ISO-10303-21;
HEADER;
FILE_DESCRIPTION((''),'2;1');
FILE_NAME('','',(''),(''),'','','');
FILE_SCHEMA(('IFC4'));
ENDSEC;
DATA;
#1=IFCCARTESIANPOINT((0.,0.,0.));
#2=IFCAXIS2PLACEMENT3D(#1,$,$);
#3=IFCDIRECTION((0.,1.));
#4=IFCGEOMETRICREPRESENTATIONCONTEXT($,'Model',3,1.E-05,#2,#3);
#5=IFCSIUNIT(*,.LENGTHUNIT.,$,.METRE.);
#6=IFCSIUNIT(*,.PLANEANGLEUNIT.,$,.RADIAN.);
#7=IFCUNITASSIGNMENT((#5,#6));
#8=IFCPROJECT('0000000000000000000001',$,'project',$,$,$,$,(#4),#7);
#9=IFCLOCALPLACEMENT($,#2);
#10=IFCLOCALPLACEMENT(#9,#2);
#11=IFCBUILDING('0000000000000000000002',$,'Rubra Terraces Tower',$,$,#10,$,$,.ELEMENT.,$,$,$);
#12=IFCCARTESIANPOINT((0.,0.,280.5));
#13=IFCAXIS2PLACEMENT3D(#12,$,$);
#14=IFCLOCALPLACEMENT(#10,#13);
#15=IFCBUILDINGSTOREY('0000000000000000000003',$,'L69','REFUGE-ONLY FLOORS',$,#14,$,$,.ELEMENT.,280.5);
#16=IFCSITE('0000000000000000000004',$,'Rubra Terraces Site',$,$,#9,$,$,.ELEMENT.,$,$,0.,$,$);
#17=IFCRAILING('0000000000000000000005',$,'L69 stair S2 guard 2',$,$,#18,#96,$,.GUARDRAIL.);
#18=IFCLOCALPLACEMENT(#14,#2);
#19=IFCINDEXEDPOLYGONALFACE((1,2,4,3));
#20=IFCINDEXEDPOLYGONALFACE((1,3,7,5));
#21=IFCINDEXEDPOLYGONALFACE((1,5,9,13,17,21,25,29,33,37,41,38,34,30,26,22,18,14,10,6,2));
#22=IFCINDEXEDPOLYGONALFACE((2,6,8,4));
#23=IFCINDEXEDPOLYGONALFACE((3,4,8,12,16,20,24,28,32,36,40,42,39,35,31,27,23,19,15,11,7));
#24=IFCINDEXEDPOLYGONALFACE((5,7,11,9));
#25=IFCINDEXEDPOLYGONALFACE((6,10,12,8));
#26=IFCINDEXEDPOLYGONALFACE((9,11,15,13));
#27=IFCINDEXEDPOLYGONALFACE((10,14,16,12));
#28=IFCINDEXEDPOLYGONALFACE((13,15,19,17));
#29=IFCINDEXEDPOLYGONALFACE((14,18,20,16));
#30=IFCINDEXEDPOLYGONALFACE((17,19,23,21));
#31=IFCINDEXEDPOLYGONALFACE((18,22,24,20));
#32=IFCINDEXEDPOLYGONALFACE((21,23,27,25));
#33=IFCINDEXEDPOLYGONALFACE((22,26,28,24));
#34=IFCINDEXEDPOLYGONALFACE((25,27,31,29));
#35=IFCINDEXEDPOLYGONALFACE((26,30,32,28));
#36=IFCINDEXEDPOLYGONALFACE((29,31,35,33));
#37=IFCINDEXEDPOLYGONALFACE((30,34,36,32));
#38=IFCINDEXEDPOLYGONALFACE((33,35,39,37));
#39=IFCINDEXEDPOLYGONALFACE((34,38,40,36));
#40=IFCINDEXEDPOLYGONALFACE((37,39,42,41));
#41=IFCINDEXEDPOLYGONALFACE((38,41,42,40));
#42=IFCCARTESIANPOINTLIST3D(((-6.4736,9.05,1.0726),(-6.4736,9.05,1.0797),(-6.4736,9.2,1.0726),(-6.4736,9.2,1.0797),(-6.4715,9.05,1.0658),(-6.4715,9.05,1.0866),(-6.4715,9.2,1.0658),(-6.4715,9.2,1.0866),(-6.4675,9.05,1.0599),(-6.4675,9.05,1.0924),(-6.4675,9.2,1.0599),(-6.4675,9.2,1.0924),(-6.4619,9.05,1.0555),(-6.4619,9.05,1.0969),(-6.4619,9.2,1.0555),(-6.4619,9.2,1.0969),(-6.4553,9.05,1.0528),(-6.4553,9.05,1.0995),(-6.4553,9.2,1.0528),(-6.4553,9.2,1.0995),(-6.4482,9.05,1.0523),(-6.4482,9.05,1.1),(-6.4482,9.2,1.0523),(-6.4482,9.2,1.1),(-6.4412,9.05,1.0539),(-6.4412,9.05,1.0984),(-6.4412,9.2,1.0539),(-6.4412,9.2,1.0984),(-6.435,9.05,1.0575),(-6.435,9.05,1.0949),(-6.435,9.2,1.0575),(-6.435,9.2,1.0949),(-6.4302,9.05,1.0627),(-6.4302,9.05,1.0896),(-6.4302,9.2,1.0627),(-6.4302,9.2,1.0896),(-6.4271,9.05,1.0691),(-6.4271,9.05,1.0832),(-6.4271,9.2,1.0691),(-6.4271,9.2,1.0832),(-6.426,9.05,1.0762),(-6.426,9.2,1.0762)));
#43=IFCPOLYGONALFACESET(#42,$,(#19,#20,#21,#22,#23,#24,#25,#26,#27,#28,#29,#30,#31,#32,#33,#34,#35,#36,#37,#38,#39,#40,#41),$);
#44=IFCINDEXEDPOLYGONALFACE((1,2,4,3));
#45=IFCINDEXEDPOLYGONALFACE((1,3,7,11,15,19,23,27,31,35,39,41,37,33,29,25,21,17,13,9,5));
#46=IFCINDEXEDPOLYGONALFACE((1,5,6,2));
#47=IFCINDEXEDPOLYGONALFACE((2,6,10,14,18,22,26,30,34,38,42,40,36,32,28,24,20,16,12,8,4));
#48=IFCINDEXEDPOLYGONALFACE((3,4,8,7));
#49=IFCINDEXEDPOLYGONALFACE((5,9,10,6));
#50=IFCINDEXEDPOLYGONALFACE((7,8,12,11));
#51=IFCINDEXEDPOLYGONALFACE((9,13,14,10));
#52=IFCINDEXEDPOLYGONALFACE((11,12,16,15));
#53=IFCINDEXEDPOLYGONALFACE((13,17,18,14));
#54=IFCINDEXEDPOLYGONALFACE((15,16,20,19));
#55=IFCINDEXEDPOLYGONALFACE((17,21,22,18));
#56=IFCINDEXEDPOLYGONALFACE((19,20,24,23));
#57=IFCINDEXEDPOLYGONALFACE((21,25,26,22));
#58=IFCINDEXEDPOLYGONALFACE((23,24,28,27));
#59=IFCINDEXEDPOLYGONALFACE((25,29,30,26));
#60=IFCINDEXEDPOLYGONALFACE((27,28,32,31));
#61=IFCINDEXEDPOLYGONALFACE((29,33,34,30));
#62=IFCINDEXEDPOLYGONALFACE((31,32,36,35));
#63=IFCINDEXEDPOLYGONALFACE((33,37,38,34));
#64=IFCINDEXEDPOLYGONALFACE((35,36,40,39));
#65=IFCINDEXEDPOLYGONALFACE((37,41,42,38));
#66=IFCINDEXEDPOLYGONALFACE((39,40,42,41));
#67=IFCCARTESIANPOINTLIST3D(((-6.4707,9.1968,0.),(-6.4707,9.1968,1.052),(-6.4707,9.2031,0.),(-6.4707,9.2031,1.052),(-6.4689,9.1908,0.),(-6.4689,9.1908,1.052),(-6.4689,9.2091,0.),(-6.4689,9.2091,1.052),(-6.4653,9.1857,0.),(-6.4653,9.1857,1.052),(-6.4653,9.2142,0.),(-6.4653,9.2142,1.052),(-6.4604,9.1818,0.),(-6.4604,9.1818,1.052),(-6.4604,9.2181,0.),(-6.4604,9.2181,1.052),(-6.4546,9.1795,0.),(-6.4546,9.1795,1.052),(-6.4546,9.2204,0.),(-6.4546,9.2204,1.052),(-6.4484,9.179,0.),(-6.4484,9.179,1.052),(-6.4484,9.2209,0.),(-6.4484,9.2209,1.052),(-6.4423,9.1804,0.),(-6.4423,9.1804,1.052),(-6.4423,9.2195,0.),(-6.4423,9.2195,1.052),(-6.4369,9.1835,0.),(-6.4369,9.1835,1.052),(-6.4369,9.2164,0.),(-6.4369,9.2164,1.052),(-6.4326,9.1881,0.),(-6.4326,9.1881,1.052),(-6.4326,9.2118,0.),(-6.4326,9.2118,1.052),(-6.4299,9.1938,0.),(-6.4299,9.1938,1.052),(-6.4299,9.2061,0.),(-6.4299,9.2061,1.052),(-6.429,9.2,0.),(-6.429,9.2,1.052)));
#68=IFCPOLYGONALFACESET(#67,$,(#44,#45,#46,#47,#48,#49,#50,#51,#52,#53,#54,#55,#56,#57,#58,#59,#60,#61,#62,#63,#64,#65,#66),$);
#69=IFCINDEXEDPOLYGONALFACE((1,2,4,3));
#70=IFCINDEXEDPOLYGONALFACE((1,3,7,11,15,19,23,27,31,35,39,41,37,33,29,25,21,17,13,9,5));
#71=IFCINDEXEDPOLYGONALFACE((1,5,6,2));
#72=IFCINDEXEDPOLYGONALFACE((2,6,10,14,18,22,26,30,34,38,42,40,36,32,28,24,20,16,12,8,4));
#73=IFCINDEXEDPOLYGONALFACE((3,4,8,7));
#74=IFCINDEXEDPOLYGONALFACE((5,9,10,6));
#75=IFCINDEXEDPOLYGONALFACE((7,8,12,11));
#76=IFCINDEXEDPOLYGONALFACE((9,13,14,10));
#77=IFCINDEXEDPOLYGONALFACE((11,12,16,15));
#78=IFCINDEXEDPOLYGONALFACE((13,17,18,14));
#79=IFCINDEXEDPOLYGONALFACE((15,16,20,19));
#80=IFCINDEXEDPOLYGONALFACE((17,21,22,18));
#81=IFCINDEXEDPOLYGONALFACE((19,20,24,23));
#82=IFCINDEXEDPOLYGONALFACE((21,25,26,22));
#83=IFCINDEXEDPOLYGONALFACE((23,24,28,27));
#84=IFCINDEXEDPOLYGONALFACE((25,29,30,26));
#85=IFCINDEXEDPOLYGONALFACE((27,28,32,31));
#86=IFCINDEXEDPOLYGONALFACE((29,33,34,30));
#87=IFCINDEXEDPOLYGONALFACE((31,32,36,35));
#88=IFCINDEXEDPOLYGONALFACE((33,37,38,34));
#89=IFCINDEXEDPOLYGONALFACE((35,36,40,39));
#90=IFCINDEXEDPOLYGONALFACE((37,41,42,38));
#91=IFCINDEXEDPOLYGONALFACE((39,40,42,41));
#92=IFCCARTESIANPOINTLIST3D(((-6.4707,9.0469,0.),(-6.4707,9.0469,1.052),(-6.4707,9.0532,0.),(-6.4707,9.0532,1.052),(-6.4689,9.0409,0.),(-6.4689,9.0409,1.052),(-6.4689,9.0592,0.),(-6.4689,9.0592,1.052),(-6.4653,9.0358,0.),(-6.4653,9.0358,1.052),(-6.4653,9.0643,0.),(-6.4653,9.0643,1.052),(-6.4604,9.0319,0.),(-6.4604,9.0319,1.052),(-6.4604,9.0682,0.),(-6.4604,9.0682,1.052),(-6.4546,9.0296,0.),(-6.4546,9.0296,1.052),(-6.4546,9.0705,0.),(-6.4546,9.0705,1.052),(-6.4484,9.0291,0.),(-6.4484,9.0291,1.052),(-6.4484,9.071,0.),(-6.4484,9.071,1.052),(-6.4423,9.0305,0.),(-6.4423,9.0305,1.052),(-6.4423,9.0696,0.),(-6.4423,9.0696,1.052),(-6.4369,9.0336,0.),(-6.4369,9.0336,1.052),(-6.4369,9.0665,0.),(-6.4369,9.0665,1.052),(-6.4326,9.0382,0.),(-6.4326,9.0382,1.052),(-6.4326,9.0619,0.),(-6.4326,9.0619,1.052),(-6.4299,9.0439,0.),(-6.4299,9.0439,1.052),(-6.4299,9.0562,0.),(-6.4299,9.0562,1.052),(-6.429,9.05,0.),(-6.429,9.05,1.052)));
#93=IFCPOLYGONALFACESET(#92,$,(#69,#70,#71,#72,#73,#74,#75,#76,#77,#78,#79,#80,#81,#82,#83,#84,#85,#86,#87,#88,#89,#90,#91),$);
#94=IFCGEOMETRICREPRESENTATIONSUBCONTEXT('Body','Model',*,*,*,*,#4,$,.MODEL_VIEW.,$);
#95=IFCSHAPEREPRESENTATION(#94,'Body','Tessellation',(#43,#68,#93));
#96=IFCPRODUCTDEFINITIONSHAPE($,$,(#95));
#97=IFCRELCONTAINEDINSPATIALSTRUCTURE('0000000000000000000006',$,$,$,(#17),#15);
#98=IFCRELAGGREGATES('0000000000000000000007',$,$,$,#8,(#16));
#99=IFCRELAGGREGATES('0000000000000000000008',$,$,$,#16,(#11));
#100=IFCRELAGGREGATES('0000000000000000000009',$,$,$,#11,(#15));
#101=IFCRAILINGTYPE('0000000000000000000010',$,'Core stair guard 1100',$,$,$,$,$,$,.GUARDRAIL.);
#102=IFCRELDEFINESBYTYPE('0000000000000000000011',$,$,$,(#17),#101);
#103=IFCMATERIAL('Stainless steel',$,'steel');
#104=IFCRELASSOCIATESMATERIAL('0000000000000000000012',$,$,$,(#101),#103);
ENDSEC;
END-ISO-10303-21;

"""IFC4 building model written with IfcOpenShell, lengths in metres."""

from ifc_helpers import new_model, si_unit, direction, frame, origin, origin_2d, place, context, subcontext, project, spatial, circle, extrude, material, type_object, element, save


model = new_model("IFC4")

# Units and contexts
model_context = context("Model", 3, precision=1e-05, world=origin(), true_north=direction((0.0, 1.0)))
body_context = subcontext(model_context, "Body", "Model", "MODEL_VIEW")
ifc_project = project(units=[si_unit("LENGTHUNIT", "METRE"), si_unit("PLANEANGLEUNIT", "RADIAN")], contexts=[model_context])

# Site, building, storey
site_placement = place(None, origin())
site = spatial("IfcSite", under=ifc_project, at=site_placement, Name="Rubra Terraces Site", CompositionType="ELEMENT", RefElevation=0.0)
building_placement = place(site_placement, origin())
building = spatial("IfcBuilding", under=site, at=building_placement, Name="Rubra Terraces Tower", CompositionType="ELEMENT")
storey_placement = place(building_placement, frame((0.0, 0.0, 280.5)))
storey = spatial("IfcBuildingStorey", under=building, at=storey_placement, Name="L69", Description="REFUGE-ONLY FLOORS", CompositionType="ELEMENT", Elevation=280.5)

# Shared definitions
ifc_material_1 = material(Name="Stainless steel", Category="steel")

# Railing
railing_type_1 = type_object("IfcRailingType", Name="Core stair guard 1100", PredefinedType="GUARDRAIL", material=ifc_material_1)
railing_1_placement = place(storey_placement, frame((-6.45, 9.2, 0.0)))
element("IfcRailing", 1, at=railing_1_placement, inside=storey, type_object=railing_type_1, Name="L69 stair S2 guard 2", PredefinedType="GUARDRAIL", context=body_context, shape_type="SweptSolid", body=[
    extrude(circle(Radius=0.0239, at=origin_2d()), frame((0.0, 0.0, 1.0762), z_axis=(0.0, -1.0, 0.0), x_axis=(1.0, 0.0, 0.0)), (0.0, 0.0, 1.0), 0.1499),
    extrude(circle(Radius=0.021, at=origin_2d()), origin(), (0.0, 0.0, 1.0), 1.052),
    extrude(circle(Radius=0.021, at=origin_2d()), frame((0.0, -0.1499, 0.0)), (0.0, 0.0, 1.0), 1.052),
])

save(model, "model.ifc")
